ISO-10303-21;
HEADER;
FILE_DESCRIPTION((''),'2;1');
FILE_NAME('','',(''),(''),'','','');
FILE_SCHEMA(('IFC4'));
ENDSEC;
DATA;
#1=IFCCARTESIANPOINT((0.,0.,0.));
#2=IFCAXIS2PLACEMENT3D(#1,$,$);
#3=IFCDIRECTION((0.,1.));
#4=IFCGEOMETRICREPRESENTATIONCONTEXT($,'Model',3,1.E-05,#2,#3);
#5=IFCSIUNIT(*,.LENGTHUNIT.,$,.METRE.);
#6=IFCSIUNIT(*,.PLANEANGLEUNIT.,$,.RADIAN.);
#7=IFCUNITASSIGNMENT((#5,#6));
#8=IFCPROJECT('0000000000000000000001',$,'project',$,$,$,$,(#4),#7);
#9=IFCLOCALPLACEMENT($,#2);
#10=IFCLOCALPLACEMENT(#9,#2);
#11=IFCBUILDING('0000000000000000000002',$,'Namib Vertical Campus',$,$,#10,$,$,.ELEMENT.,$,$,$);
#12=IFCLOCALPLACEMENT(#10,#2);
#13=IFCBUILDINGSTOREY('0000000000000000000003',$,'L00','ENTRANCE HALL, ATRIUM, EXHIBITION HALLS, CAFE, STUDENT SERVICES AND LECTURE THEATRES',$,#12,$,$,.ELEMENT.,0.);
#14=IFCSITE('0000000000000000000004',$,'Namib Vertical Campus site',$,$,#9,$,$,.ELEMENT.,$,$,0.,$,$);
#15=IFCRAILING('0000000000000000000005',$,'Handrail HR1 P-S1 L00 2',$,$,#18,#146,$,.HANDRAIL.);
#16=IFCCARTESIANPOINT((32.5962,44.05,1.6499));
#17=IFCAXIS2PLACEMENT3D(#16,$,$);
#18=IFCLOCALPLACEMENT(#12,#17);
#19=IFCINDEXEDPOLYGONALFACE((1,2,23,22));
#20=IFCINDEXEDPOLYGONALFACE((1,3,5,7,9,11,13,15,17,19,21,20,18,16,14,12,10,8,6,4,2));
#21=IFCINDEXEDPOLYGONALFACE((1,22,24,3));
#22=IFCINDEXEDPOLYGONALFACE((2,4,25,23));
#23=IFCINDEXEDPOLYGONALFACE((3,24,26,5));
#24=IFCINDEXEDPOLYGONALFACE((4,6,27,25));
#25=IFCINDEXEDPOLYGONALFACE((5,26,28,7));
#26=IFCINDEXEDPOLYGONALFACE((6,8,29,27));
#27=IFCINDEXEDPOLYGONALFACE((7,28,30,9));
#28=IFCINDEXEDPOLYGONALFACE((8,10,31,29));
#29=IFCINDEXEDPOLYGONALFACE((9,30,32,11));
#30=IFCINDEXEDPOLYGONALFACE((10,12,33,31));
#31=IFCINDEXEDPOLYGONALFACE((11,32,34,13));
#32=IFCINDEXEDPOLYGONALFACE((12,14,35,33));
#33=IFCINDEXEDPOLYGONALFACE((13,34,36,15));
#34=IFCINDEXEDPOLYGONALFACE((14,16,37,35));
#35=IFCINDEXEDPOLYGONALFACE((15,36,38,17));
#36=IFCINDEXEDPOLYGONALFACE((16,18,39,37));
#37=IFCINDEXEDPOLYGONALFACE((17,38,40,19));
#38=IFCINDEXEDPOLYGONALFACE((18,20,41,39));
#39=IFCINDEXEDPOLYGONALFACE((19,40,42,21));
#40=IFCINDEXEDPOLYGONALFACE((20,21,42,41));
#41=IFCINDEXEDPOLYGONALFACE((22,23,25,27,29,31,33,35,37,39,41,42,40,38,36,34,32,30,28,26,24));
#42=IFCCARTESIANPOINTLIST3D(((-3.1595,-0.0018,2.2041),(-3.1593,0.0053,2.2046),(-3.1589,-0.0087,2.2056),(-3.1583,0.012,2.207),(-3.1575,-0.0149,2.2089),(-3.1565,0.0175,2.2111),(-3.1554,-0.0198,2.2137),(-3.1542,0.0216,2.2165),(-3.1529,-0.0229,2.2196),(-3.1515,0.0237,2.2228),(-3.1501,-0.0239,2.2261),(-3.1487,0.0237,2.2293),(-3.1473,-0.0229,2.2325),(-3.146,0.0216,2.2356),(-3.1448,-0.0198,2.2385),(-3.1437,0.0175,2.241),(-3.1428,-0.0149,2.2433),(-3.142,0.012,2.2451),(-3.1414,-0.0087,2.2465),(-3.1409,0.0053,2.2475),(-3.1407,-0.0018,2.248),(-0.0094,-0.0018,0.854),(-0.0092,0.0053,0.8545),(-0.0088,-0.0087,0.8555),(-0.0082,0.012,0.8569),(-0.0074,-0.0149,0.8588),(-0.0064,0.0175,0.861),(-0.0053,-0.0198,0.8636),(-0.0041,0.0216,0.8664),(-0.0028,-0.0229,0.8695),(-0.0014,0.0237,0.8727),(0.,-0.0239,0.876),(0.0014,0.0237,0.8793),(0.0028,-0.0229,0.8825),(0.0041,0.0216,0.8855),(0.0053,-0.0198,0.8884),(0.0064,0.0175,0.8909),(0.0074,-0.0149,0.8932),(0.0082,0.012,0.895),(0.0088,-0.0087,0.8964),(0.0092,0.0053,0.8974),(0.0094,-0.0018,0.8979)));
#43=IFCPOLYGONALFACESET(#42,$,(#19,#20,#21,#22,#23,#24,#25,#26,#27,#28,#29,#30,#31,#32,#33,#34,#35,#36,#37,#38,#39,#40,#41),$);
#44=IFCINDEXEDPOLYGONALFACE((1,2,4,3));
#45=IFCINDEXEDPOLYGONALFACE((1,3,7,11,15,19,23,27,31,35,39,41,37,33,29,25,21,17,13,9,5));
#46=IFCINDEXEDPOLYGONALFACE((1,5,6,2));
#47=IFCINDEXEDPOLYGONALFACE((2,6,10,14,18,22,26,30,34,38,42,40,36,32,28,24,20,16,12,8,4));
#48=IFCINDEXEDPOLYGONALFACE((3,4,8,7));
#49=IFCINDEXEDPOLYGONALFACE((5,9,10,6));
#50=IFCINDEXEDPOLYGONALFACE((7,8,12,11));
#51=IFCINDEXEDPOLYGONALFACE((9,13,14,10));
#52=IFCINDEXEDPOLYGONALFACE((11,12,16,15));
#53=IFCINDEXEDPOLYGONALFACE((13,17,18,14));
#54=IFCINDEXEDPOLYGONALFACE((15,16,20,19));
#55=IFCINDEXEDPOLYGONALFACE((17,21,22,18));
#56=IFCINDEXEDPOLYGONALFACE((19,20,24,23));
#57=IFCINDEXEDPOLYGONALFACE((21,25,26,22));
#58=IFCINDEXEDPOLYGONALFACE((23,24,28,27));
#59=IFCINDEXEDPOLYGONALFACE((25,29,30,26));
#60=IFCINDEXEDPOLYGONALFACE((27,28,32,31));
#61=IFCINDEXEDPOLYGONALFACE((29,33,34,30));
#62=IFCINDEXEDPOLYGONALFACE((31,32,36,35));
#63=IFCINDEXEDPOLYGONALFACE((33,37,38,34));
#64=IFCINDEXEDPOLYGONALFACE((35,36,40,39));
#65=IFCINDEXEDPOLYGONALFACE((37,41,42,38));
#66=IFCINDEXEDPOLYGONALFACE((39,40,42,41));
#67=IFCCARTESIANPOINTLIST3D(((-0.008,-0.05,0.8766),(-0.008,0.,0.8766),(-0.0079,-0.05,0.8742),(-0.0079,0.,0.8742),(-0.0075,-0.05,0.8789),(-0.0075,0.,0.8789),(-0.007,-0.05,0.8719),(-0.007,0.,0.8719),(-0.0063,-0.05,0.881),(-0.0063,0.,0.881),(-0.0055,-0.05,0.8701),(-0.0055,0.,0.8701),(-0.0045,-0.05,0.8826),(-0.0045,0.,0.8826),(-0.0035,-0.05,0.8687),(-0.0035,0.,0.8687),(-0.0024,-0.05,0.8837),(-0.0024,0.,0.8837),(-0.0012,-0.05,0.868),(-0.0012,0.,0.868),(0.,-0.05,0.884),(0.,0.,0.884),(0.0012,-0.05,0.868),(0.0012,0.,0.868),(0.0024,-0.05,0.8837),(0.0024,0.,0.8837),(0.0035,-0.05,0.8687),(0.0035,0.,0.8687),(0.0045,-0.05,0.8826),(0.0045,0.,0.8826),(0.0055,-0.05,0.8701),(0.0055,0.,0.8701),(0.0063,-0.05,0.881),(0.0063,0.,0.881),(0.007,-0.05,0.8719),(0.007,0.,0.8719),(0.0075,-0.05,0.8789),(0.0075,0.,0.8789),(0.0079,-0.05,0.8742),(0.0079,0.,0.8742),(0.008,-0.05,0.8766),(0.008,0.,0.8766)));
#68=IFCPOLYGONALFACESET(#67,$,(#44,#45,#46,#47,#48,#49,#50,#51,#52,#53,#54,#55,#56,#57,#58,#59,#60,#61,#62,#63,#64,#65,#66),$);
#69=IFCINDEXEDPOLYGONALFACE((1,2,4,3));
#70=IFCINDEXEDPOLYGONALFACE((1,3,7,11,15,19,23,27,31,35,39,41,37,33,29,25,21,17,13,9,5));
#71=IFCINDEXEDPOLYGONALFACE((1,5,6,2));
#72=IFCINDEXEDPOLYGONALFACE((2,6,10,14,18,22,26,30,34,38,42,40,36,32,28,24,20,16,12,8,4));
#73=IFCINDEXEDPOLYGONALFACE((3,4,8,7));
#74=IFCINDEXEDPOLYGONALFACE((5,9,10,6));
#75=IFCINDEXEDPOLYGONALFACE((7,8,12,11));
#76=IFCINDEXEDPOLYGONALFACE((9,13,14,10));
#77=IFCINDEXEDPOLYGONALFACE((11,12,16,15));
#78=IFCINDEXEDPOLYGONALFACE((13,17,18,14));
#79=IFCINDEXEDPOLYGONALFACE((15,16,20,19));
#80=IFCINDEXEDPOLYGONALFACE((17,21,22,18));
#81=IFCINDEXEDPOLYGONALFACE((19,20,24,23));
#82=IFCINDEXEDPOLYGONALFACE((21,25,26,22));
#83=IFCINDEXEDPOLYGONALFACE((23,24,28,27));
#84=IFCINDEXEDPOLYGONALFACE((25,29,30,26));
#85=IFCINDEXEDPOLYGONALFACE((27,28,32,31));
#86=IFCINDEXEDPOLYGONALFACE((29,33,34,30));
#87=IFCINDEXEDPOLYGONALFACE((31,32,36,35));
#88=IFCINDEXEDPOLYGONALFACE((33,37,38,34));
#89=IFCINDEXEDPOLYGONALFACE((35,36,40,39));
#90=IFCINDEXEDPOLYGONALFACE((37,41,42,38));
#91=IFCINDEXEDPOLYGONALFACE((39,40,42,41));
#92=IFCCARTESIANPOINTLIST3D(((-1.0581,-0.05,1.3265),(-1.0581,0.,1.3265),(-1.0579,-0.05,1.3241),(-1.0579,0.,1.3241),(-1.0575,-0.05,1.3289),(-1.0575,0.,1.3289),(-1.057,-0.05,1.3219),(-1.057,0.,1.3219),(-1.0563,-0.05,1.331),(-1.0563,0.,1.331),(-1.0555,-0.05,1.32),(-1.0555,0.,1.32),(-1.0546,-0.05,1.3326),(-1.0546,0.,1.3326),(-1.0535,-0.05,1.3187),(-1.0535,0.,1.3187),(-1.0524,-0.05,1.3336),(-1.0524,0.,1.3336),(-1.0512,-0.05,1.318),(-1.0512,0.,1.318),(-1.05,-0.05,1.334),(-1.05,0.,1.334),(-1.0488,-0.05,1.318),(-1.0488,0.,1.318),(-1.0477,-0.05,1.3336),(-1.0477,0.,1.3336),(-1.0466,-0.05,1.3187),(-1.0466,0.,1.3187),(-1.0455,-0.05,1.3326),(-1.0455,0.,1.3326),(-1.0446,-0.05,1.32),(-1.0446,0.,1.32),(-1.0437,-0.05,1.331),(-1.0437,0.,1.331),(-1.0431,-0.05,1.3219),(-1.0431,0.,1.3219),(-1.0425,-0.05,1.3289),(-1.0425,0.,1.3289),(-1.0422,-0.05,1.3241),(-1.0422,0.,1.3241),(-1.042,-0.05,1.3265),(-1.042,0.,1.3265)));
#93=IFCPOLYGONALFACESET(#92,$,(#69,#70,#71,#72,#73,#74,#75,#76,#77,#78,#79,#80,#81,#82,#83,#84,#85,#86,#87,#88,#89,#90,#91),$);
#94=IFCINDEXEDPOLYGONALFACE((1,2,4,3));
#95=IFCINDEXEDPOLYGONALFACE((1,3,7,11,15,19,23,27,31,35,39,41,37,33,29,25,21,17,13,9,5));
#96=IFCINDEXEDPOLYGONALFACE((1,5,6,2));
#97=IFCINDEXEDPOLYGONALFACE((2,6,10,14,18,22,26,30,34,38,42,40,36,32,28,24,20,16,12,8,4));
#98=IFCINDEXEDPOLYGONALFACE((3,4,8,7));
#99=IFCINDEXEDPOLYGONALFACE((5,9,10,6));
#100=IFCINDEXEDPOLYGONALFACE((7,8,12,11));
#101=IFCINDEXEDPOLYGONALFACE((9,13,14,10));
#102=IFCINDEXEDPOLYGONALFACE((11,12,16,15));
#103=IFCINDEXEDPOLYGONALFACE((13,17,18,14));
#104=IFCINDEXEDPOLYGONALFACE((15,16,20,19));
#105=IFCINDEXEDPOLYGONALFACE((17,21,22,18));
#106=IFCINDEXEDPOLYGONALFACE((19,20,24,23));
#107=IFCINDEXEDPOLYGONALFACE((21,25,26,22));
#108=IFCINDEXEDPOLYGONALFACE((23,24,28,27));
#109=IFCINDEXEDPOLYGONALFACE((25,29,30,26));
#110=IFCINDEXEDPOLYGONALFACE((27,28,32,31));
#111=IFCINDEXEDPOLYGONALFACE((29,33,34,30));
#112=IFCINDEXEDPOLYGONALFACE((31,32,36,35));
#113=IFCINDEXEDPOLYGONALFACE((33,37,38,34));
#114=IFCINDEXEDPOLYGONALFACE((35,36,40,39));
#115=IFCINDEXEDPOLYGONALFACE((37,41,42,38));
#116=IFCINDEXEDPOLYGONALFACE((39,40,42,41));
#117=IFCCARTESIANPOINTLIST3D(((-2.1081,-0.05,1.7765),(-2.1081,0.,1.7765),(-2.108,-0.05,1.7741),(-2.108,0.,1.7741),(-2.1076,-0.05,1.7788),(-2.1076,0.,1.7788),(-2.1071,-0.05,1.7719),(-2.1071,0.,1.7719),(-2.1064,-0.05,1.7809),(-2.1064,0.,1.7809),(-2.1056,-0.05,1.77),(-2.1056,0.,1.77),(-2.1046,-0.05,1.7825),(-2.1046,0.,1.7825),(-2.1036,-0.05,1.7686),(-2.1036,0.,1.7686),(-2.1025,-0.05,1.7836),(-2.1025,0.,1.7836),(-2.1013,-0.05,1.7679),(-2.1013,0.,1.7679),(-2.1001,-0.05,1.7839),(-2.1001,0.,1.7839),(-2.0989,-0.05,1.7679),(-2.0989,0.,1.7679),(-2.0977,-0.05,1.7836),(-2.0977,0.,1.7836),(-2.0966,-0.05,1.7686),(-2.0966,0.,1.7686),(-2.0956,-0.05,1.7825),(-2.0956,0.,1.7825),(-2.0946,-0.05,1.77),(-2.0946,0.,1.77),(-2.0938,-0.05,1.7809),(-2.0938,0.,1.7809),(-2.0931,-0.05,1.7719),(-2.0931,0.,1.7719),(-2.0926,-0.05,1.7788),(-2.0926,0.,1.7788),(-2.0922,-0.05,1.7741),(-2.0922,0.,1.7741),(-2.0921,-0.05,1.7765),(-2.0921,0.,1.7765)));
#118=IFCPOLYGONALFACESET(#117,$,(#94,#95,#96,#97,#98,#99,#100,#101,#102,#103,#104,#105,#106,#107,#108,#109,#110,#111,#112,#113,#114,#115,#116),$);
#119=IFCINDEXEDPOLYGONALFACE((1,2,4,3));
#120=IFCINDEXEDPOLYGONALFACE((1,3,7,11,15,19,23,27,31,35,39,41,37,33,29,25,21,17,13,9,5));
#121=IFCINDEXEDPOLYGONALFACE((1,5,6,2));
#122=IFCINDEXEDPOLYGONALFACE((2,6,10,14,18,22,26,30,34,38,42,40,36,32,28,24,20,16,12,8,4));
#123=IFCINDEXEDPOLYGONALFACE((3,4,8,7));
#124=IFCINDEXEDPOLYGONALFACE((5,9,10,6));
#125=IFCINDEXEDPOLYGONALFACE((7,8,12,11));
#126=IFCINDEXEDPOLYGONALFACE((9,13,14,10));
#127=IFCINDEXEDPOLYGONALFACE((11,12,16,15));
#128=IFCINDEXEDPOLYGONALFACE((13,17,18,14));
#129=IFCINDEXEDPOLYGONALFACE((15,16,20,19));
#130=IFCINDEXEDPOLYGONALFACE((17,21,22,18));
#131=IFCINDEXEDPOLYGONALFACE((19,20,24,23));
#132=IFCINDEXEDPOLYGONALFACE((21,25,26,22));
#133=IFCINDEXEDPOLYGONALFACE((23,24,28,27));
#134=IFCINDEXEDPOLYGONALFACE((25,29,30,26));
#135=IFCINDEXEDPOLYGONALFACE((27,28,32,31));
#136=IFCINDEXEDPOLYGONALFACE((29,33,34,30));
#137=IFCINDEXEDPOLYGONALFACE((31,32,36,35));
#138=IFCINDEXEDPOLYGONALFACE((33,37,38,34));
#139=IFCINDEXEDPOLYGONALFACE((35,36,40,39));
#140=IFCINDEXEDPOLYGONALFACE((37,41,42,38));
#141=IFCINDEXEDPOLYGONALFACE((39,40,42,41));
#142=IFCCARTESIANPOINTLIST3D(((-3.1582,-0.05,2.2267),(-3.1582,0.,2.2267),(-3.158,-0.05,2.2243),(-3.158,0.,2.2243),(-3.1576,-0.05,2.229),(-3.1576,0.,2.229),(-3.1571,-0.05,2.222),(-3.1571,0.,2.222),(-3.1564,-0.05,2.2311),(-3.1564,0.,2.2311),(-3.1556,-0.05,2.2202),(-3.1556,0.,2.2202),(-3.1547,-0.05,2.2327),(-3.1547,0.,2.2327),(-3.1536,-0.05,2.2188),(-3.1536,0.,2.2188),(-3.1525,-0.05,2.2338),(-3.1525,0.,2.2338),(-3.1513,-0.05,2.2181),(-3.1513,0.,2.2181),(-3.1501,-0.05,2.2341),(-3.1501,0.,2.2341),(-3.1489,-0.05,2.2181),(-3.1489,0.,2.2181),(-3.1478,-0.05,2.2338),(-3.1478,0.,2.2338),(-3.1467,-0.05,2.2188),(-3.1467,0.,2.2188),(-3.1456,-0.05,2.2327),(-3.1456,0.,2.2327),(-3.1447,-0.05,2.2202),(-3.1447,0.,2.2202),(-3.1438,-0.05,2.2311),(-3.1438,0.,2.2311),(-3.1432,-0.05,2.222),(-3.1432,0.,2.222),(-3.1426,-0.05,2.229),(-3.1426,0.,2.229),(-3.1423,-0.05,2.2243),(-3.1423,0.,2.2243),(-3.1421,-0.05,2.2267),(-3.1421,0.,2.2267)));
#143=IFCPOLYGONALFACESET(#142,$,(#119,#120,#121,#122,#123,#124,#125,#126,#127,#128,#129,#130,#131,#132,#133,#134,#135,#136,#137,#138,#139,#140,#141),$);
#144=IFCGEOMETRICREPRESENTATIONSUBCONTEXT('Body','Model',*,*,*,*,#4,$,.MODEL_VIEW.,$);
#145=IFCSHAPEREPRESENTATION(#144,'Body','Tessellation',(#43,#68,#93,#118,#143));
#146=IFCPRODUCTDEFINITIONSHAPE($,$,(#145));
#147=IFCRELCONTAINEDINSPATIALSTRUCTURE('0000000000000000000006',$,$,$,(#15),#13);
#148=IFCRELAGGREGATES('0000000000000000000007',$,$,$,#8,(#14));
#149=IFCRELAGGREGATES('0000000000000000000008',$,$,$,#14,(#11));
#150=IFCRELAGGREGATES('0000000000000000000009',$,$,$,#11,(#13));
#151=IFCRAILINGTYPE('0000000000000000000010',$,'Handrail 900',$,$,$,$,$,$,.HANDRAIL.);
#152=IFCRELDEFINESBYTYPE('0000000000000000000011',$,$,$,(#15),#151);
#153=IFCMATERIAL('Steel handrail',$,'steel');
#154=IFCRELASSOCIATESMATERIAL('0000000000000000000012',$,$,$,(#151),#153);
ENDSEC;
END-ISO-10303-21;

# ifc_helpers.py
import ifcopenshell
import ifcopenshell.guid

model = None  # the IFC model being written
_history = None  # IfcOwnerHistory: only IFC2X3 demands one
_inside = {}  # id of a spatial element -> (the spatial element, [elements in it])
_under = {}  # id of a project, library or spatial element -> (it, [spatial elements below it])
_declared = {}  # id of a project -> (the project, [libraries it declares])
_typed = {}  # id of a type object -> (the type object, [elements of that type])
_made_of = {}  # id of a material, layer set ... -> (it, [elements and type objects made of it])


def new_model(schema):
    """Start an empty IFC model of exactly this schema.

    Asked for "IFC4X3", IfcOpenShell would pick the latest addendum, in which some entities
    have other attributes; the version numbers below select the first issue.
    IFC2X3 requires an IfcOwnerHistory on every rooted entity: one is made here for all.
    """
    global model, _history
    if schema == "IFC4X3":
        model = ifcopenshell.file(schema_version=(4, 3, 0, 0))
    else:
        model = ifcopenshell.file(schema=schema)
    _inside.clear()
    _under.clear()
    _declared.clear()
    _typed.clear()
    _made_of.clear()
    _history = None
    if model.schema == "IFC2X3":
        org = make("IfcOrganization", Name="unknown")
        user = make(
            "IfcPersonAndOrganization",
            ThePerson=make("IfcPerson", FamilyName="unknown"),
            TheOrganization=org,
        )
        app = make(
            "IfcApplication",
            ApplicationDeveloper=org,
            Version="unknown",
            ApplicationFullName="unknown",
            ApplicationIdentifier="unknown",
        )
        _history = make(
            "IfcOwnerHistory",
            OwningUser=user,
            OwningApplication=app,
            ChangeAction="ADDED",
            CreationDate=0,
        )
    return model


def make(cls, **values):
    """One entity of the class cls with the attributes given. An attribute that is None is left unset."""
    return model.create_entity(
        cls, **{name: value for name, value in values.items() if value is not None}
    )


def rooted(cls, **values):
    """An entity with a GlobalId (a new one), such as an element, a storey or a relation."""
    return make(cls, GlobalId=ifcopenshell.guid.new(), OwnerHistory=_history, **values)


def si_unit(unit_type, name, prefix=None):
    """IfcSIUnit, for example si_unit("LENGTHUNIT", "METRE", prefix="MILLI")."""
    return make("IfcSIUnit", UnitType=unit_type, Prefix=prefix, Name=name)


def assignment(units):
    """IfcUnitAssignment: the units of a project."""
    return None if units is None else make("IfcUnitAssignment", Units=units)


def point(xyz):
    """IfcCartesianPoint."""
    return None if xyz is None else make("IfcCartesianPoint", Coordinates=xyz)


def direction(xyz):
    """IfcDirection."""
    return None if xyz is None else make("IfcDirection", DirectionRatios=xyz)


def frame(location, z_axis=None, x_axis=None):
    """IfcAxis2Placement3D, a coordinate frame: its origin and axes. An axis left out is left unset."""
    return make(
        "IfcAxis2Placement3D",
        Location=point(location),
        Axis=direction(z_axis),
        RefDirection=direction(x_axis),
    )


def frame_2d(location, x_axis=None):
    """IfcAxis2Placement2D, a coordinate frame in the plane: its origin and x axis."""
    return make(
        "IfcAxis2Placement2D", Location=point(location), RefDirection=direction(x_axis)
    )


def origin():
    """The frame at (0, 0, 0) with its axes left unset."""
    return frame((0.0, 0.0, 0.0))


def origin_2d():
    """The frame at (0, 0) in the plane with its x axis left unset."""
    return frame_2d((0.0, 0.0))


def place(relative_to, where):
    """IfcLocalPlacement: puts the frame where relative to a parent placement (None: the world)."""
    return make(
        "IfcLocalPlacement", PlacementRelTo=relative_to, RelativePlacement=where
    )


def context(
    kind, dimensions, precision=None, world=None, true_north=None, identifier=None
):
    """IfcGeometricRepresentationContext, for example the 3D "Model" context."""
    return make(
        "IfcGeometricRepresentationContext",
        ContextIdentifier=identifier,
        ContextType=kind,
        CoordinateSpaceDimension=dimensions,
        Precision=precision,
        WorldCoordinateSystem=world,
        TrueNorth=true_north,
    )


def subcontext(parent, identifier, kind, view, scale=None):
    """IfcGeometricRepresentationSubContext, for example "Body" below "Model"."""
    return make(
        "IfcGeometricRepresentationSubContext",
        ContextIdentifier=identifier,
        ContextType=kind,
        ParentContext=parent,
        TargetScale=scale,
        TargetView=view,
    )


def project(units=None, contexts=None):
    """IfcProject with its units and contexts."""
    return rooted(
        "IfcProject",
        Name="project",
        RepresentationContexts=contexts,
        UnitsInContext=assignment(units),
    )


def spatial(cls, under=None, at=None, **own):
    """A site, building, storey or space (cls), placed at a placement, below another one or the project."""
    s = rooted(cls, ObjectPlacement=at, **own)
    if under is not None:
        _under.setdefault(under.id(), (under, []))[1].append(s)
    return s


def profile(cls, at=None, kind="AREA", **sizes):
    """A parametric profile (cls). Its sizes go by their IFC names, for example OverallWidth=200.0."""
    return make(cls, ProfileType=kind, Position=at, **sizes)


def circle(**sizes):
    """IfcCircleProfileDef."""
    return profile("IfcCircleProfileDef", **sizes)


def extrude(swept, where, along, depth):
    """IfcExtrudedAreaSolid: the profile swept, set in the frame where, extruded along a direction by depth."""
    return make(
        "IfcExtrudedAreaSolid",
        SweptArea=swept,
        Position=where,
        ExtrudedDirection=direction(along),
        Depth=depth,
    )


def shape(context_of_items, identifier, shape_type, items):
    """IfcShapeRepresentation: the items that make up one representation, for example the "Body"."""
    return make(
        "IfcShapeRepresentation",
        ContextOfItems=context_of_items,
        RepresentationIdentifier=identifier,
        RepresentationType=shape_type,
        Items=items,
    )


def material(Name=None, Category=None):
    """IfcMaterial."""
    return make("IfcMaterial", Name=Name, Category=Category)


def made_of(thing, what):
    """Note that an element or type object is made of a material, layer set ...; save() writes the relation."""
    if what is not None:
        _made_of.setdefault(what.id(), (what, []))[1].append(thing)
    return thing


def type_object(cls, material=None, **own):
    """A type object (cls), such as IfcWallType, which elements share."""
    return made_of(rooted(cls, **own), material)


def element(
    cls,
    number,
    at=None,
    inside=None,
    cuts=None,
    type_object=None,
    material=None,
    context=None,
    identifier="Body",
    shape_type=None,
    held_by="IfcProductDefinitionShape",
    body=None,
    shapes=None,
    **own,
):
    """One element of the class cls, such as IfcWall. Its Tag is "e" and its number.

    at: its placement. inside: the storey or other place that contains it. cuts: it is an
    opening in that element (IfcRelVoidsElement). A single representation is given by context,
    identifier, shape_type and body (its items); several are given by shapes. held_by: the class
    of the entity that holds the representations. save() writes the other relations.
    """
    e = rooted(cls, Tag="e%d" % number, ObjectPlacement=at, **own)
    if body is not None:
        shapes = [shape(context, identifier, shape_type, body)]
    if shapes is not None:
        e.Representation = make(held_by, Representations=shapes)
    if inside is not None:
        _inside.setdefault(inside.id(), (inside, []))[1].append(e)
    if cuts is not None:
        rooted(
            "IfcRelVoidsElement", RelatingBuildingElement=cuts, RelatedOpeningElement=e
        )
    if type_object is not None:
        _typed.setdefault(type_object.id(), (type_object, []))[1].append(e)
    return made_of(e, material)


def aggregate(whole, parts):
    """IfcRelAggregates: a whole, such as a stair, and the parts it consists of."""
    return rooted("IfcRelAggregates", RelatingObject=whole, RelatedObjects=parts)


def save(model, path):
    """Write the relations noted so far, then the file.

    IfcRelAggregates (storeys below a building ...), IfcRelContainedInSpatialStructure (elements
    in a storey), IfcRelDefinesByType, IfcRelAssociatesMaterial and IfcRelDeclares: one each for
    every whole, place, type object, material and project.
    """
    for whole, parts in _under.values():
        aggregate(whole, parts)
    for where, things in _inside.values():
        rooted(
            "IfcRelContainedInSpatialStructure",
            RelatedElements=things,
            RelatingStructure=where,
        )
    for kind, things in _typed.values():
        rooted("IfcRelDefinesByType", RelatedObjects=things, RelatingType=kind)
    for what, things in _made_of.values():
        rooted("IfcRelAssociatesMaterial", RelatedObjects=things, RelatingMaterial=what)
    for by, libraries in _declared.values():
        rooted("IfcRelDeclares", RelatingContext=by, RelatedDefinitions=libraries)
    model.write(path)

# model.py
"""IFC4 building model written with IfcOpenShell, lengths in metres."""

from ifc_helpers import new_model, si_unit, direction, frame, origin, origin_2d, place, context, subcontext, project, spatial, circle, extrude, material, type_object, element, save


model = new_model("IFC4")

# Units and contexts
model_context = context("Model", 3, precision=1e-05, world=origin(), true_north=direction((0.0, 1.0)))
body_context = subcontext(model_context, "Body", "Model", "MODEL_VIEW")
ifc_project = project(units=[si_unit("LENGTHUNIT", "METRE"), si_unit("PLANEANGLEUNIT", "RADIAN")], contexts=[model_context])

# Site, building, storey
site_placement = place(None, origin())
site = spatial("IfcSite", under=ifc_project, at=site_placement, Name="Namib Vertical Campus site", CompositionType="ELEMENT", RefElevation=0.0)
building_placement = place(site_placement, origin())
building = spatial("IfcBuilding", under=site, at=building_placement, Name="Namib Vertical Campus", CompositionType="ELEMENT")
storey_placement = place(building_placement, origin())
storey = spatial("IfcBuildingStorey", under=building, at=storey_placement, Name="L00", Description="ENTRANCE HALL, ATRIUM, EXHIBITION HALLS, CAFE, STUDENT SERVICES AND LECTURE THEATRES", CompositionType="ELEMENT", Elevation=0.0)

# Railing
ifc_material_1 = material(Name="Steel handrail", Category="steel")
railing_type = type_object("IfcRailingType", Name="Handrail 900", PredefinedType="HANDRAIL", material=ifc_material_1)
railing_1_placement = place(storey_placement, frame((32.5962, 44.05, 1.6499)))
element("IfcRailing", 1, at=railing_1_placement, inside=storey, type_object=railing_type, Name="Handrail HR1 P-S1 L00 2", PredefinedType="HANDRAIL", context=body_context, shape_type="SweptSolid", body=[
    extrude(circle(Radius=0.0239, at=origin_2d()), frame((0.0, 0.0, 0.876), z_axis=(-0.919141, 0.0, 0.393928), x_axis=(0.0, -1.0, 0.0)), (0.0, 0.0, 1.0), 3.4272),
    extrude(circle(Radius=0.0081, at=origin_2d()), frame((0.0, 0.0, 0.876), z_axis=(0.0, -1.0, 0.0), x_axis=(0.0, 0.0, 1.0)), (0.0, 0.0, 1.0), 0.05),
    extrude(circle(Radius=0.0081, at=origin_2d()), frame((-1.05, 0.0, 1.3259), z_axis=(0.0, -1.0, 0.0), x_axis=(0.0, 0.0, 1.0)), (0.0, 0.0, 1.0), 0.05),
    extrude(circle(Radius=0.0081, at=origin_2d()), frame((-2.1001, 0.0, 1.7759), z_axis=(0.0, -1.0, 0.0), x_axis=(0.0, 0.0, 1.0)), (0.0, 0.0, 1.0), 0.05),
    extrude(circle(Radius=0.0081, at=origin_2d()), frame((-3.1501, 0.0, 2.2261), z_axis=(0.0, -1.0, 0.0), x_axis=(0.0, 0.0, 1.0)), (0.0, 0.0, 1.0), 0.05),
])

save(model, "model.ifc")
